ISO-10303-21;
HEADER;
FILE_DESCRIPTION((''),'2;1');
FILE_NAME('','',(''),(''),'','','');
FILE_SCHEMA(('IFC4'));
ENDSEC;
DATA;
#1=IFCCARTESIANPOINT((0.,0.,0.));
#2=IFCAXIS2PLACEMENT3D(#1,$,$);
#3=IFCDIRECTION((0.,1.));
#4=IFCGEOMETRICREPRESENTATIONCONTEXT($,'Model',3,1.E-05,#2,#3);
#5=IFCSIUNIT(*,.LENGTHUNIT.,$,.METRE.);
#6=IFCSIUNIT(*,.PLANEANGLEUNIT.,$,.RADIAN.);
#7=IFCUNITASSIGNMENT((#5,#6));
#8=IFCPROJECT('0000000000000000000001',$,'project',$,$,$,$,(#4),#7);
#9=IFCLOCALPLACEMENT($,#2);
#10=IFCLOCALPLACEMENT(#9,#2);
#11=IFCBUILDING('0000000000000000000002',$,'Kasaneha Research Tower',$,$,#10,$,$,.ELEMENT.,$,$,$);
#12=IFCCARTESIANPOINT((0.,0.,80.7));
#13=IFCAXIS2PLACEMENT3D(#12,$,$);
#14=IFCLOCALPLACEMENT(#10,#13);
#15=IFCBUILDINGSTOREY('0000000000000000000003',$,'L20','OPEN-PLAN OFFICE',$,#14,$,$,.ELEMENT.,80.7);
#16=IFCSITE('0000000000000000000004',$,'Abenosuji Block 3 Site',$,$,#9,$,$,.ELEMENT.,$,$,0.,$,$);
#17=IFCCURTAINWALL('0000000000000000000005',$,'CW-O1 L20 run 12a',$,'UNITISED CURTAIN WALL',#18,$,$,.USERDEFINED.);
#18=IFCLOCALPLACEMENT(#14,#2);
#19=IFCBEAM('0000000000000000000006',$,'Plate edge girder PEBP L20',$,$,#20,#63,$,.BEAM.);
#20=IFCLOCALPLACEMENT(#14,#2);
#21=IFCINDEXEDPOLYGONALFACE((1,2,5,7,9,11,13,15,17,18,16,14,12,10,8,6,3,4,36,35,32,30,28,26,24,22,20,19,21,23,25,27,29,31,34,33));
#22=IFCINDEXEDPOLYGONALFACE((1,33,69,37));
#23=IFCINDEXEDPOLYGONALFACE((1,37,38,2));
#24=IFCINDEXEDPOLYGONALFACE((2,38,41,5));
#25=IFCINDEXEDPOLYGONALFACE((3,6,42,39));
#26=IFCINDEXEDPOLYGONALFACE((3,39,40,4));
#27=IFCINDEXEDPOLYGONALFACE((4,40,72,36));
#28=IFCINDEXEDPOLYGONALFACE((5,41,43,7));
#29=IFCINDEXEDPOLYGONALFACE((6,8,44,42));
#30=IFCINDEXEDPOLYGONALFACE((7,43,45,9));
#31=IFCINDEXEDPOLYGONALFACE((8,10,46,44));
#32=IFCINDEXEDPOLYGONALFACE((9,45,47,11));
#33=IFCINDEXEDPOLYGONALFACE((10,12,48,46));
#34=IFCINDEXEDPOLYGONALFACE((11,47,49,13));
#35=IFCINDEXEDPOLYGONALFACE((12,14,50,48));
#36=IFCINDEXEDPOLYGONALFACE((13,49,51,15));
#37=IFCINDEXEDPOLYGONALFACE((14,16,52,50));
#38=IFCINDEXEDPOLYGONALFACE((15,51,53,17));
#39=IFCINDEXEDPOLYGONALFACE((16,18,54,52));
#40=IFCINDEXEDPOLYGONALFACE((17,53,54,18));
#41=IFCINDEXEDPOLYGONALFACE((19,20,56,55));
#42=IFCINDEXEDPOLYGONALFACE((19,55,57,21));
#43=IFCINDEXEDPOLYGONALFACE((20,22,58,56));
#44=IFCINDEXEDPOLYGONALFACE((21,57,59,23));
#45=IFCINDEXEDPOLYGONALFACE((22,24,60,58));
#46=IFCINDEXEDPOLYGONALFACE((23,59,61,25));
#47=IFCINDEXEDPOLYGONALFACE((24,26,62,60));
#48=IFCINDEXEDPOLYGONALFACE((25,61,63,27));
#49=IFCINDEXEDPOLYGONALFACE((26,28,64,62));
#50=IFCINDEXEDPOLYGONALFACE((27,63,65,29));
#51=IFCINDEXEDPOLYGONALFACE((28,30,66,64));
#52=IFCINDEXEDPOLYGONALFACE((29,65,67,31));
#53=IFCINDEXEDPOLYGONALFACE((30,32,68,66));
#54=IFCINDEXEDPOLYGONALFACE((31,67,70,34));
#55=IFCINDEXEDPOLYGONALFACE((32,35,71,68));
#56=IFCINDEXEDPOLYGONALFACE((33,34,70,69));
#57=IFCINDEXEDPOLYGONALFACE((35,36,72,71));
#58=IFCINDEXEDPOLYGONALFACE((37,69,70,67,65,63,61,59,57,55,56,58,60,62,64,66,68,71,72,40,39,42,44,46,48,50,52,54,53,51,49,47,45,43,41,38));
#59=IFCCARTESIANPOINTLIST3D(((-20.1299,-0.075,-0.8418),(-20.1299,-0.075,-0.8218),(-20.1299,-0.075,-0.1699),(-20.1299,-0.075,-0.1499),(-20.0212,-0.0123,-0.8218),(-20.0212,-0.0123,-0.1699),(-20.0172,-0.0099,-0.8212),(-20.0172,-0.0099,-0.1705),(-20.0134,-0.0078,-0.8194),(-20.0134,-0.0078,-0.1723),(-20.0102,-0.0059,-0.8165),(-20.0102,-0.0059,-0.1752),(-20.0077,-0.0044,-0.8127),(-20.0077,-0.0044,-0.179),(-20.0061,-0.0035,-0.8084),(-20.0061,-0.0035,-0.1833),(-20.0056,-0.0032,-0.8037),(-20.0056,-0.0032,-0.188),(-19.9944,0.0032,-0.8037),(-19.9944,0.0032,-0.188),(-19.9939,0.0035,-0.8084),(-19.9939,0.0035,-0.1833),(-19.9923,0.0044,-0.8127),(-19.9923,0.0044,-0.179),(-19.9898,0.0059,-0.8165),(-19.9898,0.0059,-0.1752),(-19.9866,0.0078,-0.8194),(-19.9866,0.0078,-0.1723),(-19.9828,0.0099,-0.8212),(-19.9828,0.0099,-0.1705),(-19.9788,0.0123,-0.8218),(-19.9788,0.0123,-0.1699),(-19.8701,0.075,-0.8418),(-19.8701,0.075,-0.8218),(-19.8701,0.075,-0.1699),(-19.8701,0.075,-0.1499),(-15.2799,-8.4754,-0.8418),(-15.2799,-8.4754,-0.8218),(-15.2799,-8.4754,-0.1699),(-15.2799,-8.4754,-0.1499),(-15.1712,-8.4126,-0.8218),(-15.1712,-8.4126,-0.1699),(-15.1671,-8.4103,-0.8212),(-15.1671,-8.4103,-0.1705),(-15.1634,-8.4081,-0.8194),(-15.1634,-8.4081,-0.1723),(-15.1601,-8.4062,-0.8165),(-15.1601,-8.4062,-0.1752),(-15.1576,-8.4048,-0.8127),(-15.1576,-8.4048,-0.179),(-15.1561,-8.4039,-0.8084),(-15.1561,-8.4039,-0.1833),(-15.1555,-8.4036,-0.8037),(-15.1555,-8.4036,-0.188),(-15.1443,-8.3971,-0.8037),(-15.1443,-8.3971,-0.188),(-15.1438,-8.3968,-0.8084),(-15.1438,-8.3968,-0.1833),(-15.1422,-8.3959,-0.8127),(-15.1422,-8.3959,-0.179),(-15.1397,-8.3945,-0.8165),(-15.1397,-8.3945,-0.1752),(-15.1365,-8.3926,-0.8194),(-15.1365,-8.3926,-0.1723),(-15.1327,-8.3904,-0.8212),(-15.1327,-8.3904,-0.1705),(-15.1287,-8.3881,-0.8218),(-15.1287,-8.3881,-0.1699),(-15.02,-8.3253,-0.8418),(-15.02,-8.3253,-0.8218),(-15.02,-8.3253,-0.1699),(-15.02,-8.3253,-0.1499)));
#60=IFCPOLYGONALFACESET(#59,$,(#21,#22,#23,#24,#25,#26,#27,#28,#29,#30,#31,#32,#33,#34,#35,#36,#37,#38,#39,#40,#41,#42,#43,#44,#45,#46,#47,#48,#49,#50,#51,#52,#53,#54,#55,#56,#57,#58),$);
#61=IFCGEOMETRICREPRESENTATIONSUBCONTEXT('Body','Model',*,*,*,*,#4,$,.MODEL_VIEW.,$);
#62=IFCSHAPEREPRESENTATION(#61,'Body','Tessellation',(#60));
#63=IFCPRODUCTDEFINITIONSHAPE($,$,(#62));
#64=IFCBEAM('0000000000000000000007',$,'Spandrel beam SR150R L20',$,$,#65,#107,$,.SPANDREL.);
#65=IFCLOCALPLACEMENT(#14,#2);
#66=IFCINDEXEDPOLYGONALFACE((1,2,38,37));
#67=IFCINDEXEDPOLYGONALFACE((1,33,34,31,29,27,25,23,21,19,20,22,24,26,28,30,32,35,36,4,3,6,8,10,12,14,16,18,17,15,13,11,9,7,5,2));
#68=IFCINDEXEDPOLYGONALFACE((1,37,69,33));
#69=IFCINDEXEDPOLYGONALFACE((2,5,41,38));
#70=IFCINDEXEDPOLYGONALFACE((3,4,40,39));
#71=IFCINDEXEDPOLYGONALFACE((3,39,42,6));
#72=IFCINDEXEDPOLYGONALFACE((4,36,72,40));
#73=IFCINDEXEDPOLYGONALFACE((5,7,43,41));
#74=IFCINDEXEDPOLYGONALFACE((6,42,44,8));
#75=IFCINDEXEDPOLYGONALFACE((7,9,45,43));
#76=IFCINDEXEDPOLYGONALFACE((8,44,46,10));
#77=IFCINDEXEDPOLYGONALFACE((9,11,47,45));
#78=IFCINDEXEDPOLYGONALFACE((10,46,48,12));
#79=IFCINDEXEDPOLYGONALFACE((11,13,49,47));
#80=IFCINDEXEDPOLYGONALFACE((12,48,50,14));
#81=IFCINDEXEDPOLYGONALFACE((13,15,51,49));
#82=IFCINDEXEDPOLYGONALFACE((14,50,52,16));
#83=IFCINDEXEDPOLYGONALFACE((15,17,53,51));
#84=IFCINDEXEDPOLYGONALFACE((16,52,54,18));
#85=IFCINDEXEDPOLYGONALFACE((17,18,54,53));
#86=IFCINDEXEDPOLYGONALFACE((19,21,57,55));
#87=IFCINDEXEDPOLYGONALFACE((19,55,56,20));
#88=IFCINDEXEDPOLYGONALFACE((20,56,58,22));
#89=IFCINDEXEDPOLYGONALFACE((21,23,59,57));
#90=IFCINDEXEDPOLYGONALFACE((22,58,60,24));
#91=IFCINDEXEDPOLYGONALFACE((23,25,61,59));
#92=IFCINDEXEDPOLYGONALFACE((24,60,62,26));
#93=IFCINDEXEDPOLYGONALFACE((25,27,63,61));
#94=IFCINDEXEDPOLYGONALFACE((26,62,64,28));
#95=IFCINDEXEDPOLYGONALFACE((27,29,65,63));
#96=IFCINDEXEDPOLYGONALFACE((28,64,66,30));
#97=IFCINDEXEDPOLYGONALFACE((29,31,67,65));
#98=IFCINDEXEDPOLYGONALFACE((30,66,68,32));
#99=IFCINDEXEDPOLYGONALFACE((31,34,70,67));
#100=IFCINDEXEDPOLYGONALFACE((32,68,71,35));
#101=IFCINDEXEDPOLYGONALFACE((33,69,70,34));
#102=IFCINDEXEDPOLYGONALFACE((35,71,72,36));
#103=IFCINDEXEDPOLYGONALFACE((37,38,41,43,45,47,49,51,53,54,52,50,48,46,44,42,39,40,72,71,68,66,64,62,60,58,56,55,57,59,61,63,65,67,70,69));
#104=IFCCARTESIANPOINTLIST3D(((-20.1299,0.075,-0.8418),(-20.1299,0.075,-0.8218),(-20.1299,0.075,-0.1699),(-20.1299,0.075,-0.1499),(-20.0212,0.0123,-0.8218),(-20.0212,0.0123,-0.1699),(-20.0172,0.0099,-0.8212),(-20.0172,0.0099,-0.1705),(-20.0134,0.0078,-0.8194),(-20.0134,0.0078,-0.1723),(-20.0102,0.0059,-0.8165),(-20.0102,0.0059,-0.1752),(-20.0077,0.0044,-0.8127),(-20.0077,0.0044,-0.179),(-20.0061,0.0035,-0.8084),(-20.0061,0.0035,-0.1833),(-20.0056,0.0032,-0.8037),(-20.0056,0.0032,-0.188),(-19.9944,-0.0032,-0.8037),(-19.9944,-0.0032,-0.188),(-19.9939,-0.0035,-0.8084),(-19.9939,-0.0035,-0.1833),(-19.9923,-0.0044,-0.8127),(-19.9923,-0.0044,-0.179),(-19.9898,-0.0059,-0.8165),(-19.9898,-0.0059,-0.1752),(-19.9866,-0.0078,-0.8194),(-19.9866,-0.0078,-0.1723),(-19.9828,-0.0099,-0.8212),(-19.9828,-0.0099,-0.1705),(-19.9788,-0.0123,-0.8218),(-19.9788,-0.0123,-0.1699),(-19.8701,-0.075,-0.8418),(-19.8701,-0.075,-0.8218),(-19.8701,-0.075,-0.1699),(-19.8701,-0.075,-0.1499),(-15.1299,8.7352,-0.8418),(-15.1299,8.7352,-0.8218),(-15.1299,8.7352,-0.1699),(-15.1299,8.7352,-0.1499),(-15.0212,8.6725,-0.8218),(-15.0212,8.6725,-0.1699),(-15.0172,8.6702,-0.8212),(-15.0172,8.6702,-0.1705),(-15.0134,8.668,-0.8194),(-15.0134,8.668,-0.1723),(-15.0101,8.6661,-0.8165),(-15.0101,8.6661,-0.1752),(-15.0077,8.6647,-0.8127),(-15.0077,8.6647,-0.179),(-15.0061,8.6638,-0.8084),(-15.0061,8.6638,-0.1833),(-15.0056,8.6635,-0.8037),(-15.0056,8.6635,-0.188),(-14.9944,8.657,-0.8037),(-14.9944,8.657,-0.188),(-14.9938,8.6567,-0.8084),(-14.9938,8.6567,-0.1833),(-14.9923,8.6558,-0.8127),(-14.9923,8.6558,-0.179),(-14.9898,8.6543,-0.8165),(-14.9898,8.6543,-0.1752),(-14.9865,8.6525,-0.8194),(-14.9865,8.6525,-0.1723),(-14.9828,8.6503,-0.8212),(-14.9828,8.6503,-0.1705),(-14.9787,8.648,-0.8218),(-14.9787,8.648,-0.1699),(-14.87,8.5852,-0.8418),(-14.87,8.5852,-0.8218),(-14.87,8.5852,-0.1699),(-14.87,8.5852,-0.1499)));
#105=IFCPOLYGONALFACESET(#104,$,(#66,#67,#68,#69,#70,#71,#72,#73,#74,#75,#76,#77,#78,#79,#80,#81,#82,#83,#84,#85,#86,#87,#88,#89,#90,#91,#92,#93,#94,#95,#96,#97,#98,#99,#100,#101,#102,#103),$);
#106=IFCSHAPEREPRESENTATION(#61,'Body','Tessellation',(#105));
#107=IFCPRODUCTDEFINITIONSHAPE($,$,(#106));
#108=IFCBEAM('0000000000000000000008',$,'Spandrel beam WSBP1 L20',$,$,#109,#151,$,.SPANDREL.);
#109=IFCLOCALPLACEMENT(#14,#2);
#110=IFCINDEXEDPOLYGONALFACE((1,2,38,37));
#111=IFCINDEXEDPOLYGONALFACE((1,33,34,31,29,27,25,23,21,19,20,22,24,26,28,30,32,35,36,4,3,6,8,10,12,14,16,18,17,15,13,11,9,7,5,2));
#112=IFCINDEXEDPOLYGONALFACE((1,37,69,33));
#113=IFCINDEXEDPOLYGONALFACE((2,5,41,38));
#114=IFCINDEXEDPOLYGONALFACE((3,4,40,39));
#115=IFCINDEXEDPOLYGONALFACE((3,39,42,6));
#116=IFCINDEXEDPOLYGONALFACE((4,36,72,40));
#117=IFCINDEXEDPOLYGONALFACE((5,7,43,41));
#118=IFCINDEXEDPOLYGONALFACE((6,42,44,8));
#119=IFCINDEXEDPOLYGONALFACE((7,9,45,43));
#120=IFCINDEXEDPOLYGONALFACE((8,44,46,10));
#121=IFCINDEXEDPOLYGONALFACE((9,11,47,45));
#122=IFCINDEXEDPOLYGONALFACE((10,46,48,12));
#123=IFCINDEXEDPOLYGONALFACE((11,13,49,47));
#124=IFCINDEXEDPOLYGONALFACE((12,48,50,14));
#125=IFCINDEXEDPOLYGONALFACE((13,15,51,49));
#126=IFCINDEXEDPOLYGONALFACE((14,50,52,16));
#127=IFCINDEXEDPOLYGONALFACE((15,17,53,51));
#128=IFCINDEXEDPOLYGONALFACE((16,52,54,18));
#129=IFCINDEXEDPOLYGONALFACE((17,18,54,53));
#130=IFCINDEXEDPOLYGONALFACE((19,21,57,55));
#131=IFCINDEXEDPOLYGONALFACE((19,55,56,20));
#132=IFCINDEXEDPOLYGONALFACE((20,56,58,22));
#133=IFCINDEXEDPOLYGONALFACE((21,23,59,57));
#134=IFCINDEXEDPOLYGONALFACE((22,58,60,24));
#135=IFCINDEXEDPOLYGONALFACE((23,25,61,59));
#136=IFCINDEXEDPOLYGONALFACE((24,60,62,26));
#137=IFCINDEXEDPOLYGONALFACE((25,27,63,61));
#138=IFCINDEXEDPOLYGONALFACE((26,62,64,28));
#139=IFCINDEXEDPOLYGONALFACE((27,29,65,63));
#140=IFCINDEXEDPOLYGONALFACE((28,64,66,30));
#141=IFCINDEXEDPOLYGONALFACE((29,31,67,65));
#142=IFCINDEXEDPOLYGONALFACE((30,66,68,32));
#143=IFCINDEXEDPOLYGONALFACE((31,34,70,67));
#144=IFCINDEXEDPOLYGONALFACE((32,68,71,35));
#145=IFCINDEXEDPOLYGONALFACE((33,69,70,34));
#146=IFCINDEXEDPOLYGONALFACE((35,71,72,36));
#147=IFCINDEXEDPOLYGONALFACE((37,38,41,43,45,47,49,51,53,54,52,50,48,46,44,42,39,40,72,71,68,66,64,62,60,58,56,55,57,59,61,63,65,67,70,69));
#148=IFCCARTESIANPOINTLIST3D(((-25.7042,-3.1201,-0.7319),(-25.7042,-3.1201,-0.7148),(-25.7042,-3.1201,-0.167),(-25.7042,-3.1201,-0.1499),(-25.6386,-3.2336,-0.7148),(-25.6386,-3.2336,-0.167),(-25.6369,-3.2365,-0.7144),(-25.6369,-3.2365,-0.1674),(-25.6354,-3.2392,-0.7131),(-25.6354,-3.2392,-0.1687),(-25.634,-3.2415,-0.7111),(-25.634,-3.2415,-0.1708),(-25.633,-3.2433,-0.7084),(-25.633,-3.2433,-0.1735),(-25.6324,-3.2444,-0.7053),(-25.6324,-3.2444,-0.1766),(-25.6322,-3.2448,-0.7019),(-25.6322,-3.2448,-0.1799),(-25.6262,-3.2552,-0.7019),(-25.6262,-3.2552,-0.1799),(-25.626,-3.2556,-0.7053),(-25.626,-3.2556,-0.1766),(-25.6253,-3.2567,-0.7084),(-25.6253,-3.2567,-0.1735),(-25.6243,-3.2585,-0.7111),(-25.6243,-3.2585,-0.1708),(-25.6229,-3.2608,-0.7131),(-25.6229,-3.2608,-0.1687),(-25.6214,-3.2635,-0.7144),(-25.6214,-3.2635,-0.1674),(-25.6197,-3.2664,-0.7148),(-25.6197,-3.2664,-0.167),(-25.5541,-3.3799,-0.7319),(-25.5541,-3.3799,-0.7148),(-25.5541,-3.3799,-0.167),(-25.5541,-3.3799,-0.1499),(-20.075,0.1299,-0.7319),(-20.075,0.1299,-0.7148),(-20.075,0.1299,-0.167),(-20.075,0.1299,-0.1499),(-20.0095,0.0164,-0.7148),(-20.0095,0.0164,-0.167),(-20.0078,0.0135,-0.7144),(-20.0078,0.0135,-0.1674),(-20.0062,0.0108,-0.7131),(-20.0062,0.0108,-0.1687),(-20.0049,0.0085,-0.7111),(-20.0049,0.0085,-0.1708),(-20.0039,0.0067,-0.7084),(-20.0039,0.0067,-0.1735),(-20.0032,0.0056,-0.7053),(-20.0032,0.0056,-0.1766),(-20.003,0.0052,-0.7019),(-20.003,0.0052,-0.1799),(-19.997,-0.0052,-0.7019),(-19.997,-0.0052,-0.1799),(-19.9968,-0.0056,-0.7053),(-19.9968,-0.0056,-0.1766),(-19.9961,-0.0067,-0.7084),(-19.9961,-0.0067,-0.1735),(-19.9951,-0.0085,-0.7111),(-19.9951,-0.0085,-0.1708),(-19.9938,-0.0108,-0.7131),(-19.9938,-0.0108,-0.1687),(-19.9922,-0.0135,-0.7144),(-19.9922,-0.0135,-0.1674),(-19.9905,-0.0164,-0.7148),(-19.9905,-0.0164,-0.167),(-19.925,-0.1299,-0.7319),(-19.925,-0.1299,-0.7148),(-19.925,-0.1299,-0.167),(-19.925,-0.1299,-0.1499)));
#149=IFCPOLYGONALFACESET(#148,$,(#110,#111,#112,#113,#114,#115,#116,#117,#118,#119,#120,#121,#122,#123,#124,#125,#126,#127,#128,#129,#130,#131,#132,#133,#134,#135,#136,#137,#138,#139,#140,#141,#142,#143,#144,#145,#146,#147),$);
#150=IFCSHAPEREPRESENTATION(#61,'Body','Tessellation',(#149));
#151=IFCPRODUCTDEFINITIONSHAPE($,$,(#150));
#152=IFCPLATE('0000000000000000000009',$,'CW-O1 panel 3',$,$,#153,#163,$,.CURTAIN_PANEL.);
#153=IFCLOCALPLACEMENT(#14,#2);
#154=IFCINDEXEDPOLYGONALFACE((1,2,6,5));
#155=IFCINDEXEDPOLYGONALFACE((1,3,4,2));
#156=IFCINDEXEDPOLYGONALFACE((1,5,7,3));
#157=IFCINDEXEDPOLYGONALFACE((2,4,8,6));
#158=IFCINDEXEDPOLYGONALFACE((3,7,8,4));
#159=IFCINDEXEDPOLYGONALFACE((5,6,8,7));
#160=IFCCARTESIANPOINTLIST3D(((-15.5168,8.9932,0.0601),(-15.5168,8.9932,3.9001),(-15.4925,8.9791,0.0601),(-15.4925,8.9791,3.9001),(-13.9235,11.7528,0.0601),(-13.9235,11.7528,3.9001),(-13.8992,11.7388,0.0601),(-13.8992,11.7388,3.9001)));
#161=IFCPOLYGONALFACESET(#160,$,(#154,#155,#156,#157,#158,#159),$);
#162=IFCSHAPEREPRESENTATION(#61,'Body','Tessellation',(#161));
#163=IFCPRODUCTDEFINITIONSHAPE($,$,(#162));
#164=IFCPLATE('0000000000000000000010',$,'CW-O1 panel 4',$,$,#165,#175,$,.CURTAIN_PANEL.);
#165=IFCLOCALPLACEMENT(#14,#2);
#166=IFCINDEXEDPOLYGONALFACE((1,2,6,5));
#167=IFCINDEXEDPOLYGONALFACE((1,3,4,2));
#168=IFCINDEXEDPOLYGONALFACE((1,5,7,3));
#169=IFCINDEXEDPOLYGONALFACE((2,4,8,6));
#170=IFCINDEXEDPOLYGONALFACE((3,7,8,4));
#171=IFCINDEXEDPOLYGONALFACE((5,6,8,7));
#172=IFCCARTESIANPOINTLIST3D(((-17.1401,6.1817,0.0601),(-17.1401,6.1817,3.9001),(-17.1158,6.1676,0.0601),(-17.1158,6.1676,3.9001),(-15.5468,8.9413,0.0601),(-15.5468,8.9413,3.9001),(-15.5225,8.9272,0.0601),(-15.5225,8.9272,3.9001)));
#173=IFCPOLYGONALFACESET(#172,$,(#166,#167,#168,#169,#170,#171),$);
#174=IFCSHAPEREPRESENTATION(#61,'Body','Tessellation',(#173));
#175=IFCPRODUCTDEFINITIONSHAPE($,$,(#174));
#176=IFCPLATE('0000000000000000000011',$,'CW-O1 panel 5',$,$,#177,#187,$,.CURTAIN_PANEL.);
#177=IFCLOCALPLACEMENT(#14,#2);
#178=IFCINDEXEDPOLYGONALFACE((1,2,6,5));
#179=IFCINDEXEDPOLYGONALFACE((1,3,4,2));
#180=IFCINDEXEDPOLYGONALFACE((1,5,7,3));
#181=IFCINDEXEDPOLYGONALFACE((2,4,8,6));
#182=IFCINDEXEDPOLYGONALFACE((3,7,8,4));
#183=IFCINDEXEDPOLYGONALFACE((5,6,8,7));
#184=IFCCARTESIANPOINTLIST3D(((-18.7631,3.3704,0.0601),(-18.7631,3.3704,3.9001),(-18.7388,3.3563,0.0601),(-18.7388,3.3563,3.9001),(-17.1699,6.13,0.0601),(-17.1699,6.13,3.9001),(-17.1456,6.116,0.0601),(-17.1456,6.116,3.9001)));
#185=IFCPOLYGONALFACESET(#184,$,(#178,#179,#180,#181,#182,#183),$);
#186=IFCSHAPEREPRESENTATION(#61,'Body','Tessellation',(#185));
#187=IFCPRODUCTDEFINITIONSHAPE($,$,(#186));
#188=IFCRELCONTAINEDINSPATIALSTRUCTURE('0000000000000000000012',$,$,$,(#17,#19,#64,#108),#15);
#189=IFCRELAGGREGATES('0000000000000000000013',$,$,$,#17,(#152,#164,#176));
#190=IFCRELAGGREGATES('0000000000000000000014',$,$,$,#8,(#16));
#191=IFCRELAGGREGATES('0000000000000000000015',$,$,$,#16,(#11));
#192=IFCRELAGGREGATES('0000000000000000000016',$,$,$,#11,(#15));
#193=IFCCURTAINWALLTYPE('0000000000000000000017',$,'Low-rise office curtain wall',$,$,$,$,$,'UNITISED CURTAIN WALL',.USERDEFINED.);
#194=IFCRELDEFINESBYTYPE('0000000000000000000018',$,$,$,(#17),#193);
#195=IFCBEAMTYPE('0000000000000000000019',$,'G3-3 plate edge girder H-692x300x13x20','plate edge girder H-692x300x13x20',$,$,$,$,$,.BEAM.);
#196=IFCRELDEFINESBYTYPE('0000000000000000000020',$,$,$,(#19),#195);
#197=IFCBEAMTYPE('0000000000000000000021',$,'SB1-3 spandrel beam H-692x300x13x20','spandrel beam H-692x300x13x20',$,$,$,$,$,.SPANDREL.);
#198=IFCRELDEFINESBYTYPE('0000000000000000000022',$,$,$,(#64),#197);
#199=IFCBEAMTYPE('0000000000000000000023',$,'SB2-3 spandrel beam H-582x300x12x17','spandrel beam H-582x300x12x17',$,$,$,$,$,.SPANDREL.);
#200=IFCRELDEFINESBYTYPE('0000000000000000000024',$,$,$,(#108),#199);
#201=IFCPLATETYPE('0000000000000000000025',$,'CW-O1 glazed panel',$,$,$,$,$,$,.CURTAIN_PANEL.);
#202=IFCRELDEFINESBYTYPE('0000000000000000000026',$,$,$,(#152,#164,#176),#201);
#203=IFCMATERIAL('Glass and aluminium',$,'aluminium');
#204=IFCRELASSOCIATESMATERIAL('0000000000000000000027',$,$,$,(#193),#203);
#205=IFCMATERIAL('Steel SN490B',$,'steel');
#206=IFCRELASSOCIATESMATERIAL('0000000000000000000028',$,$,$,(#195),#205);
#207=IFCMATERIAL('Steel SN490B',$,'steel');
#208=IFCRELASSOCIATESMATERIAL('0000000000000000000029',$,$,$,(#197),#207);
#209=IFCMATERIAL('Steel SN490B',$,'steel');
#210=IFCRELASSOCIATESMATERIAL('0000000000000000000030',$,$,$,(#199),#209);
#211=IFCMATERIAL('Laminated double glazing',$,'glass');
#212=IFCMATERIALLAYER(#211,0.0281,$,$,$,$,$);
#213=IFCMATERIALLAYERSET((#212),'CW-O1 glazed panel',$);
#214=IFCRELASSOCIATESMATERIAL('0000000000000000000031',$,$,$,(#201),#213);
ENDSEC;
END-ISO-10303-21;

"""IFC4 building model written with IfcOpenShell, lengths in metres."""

from ifc_helpers import new_model, si_unit, direction, frame, origin, origin_2d, place, context, subcontext, project, spatial, rectangle, i_section, extrude, material, layer, layer_set, material_profile, profile_set, type_object, element, aggregate, save


model = new_model("IFC4")

# Units and contexts
model_context = context("Model", 3, precision=1e-05, world=origin(), true_north=direction((0.0, 1.0)))
body_context = subcontext(model_context, "Body", "Model", "MODEL_VIEW")
ifc_project = project(units=[si_unit("LENGTHUNIT", "METRE"), si_unit("PLANEANGLEUNIT", "RADIAN")], contexts=[model_context])

# Site, building, storey
site_placement = place(None, origin())
site = spatial("IfcSite", under=ifc_project, at=site_placement, Name="Abenosuji Block 3 Site", CompositionType="ELEMENT", RefElevation=0.0)
building_placement = place(site_placement, origin())
building = spatial("IfcBuilding", under=site, at=building_placement, Name="Kasaneha Research Tower", CompositionType="ELEMENT")
storey_placement = place(building_placement, frame((0.0, 0.0, 80.7)))
storey = spatial("IfcBuildingStorey", under=building, at=storey_placement, Name="L20", Description="OPEN-PLAN OFFICE", CompositionType="ELEMENT", Elevation=80.7)

# Curtain wall
ifc_material_1 = material(Name="Glass and aluminium", Category="aluminium")
curtain_wall_type = type_object("IfcCurtainWallType", Name="Low-rise office curtain wall", ElementType="UNITISED CURTAIN WALL", PredefinedType="USERDEFINED", material=ifc_material_1)
curtain_wall_1_placement = place(storey_placement, origin())
curtain_wall_1 = element("IfcCurtainWall", 1, at=curtain_wall_1_placement, inside=storey, type_object=curtain_wall_type, Name="CW-O1 L20 run 12a", ObjectType="UNITISED CURTAIN WALL", PredefinedType="USERDEFINED")

# Beams
ifc_material_2 = material(Name="Steel SN490B", Category="steel")
ifc_material_profile_1 = material_profile(ifc_material_2, i_section(OverallWidth=0.3, OverallDepth=0.6919, WebThickness=0.0129, FlangeThickness=0.02, FilletRadius=0.0181, at=origin_2d()), Name="H-692x300x13x20")
ifc_profile_set_1 = profile_set([ifc_material_profile_1], Name="Steel SN490B")
beam_type_1 = type_object("IfcBeamType", Name="G3-3 plate edge girder H-692x300x13x20", Description="plate edge girder H-692x300x13x20", PredefinedType="BEAM", material=ifc_profile_set_1)
beam_1_placement = place(storey_placement, frame((-20.0, 0.0, -0.4958), z_axis=(0.50001, -0.86602, 0.0), x_axis=(0.86602, 0.50001, 0.0)))
element("IfcBeam", 2, at=beam_1_placement, inside=storey, type_object=beam_type_1, Name="Plate edge girder PEBP L20", PredefinedType="BEAM", context=body_context, shape_type="SweptSolid", body=[
    extrude(i_section(OverallWidth=0.3, OverallDepth=0.6919, WebThickness=0.0129, FlangeThickness=0.02, FilletRadius=0.0181, at=origin_2d()), origin(), (0.0, 0.0, 1.0), 9.7),
])
ifc_material_3 = material(Name="Steel SN490B", Category="steel")
ifc_material_profile_2 = material_profile(ifc_material_3, i_section(OverallWidth=0.3, OverallDepth=0.6919, WebThickness=0.0129, FlangeThickness=0.02, FilletRadius=0.0181, at=origin_2d()), Name="H-692x300x13x20")
ifc_profile_set_2 = profile_set([ifc_material_profile_2], Name="Steel SN490B")
beam_type_2 = type_object("IfcBeamType", Name="SB1-3 spandrel beam H-692x300x13x20", Description="spandrel beam H-692x300x13x20", PredefinedType="SPANDREL", material=ifc_profile_set_2)
beam_2_placement = place(storey_placement, frame((-20.0, 0.0, -0.4958), z_axis=(0.500004, 0.866023, 0.0), x_axis=(-0.866023, 0.500004, 0.0)))
element("IfcBeam", 3, at=beam_2_placement, inside=storey, type_object=beam_type_2, Name="Spandrel beam SR150R L20", PredefinedType="SPANDREL", context=body_context, shape_type="SweptSolid", body=[
    extrude(i_section(OverallWidth=0.3, OverallDepth=0.6919, WebThickness=0.0129, FlangeThickness=0.02, FilletRadius=0.0181, at=origin_2d()), origin(), (0.0, 0.0, 1.0), 10.0),
])
ifc_material_4 = material(Name="Steel SN490B", Category="steel")
ifc_material_profile_3 = material_profile(ifc_material_4, i_section(OverallWidth=0.3, OverallDepth=0.582, WebThickness=0.012, FlangeThickness=0.0171, FilletRadius=0.0129, at=origin_2d()), Name="H-582x300x12x17")
ifc_profile_set_3 = profile_set([ifc_material_profile_3], Name="Steel SN490B")
beam_type_3 = type_object("IfcBeamType", Name="SB2-3 spandrel beam H-582x300x12x17", Description="spandrel beam H-582x300x12x17", PredefinedType="SPANDREL", material=ifc_profile_set_3)
beam_3_placement = place(storey_placement, frame((-20.0, 0.0, -0.4409), z_axis=(-0.866025, -0.500001, 0.0), x_axis=(0.500001, -0.866025, 0.0)))
element("IfcBeam", 4, at=beam_3_placement, inside=storey, type_object=beam_type_3, Name="Spandrel beam WSBP1 L20", PredefinedType="SPANDREL", context=body_context, shape_type="SweptSolid", body=[
    extrude(i_section(OverallWidth=0.3, OverallDepth=0.582, WebThickness=0.012, FlangeThickness=0.0171, FilletRadius=0.0129, at=origin_2d()), origin(), (0.0, 0.0, 1.0), 6.5),
])

# Plates
ifc_material_5 = material(Name="Laminated double glazing", Category="glass")
ifc_layer_1 = layer(ifc_material_5, 0.0281)
ifc_layer_set_1 = layer_set([ifc_layer_1], Name="CW-O1 glazed panel")
plate_type = type_object("IfcPlateType", Name="CW-O1 glazed panel", PredefinedType="CURTAIN_PANEL", material=ifc_layer_set_1)
plate_1_placement = place(storey_placement, frame((-14.708, 10.366, 0.0601), z_axis=(0.0, 0.0, 1.0), x_axis=(-0.5, -0.866025, 0.0)))
plate_1 = element("IfcPlate", 5, at=plate_1_placement, type_object=plate_type, Name="CW-O1 panel 3", PredefinedType="CURTAIN_PANEL", context=body_context, shape_type="SweptSolid", body=[
    extrude(rectangle(XDim=3.1865, YDim=0.0281, at=origin_2d()), origin(), (0.0, 0.0, 1.0), 3.8401),
])
plate_2_placement = place(storey_placement, frame((-16.3313, 7.5544, 0.0601), z_axis=(0.0, 0.0, 1.0), x_axis=(-0.5, -0.866025, 0.0)))
plate_2 = element("IfcPlate", 6, at=plate_2_placement, type_object=plate_type, Name="CW-O1 panel 4", PredefinedType="CURTAIN_PANEL", context=body_context, shape_type="SweptSolid", body=[
    extrude(rectangle(XDim=3.1865, YDim=0.0281, at=origin_2d()), origin(), (0.0, 0.0, 1.0), 3.8401),
])
plate_3_placement = place(storey_placement, frame((-17.9543, 4.7432, 0.0601), z_axis=(0.0, 0.0, 1.0), x_axis=(-0.5, -0.866025, 0.0)))
plate_3 = element("IfcPlate", 7, at=plate_3_placement, type_object=plate_type, Name="CW-O1 panel 5", PredefinedType="CURTAIN_PANEL", context=body_context, shape_type="SweptSolid", body=[
    extrude(rectangle(XDim=3.1865, YDim=0.0281, at=origin_2d()), origin(), (0.0, 0.0, 1.0), 3.8401),
])
aggregate(curtain_wall_1, [plate_1, plate_2, plate_3])

save(model, "model.ifc")
